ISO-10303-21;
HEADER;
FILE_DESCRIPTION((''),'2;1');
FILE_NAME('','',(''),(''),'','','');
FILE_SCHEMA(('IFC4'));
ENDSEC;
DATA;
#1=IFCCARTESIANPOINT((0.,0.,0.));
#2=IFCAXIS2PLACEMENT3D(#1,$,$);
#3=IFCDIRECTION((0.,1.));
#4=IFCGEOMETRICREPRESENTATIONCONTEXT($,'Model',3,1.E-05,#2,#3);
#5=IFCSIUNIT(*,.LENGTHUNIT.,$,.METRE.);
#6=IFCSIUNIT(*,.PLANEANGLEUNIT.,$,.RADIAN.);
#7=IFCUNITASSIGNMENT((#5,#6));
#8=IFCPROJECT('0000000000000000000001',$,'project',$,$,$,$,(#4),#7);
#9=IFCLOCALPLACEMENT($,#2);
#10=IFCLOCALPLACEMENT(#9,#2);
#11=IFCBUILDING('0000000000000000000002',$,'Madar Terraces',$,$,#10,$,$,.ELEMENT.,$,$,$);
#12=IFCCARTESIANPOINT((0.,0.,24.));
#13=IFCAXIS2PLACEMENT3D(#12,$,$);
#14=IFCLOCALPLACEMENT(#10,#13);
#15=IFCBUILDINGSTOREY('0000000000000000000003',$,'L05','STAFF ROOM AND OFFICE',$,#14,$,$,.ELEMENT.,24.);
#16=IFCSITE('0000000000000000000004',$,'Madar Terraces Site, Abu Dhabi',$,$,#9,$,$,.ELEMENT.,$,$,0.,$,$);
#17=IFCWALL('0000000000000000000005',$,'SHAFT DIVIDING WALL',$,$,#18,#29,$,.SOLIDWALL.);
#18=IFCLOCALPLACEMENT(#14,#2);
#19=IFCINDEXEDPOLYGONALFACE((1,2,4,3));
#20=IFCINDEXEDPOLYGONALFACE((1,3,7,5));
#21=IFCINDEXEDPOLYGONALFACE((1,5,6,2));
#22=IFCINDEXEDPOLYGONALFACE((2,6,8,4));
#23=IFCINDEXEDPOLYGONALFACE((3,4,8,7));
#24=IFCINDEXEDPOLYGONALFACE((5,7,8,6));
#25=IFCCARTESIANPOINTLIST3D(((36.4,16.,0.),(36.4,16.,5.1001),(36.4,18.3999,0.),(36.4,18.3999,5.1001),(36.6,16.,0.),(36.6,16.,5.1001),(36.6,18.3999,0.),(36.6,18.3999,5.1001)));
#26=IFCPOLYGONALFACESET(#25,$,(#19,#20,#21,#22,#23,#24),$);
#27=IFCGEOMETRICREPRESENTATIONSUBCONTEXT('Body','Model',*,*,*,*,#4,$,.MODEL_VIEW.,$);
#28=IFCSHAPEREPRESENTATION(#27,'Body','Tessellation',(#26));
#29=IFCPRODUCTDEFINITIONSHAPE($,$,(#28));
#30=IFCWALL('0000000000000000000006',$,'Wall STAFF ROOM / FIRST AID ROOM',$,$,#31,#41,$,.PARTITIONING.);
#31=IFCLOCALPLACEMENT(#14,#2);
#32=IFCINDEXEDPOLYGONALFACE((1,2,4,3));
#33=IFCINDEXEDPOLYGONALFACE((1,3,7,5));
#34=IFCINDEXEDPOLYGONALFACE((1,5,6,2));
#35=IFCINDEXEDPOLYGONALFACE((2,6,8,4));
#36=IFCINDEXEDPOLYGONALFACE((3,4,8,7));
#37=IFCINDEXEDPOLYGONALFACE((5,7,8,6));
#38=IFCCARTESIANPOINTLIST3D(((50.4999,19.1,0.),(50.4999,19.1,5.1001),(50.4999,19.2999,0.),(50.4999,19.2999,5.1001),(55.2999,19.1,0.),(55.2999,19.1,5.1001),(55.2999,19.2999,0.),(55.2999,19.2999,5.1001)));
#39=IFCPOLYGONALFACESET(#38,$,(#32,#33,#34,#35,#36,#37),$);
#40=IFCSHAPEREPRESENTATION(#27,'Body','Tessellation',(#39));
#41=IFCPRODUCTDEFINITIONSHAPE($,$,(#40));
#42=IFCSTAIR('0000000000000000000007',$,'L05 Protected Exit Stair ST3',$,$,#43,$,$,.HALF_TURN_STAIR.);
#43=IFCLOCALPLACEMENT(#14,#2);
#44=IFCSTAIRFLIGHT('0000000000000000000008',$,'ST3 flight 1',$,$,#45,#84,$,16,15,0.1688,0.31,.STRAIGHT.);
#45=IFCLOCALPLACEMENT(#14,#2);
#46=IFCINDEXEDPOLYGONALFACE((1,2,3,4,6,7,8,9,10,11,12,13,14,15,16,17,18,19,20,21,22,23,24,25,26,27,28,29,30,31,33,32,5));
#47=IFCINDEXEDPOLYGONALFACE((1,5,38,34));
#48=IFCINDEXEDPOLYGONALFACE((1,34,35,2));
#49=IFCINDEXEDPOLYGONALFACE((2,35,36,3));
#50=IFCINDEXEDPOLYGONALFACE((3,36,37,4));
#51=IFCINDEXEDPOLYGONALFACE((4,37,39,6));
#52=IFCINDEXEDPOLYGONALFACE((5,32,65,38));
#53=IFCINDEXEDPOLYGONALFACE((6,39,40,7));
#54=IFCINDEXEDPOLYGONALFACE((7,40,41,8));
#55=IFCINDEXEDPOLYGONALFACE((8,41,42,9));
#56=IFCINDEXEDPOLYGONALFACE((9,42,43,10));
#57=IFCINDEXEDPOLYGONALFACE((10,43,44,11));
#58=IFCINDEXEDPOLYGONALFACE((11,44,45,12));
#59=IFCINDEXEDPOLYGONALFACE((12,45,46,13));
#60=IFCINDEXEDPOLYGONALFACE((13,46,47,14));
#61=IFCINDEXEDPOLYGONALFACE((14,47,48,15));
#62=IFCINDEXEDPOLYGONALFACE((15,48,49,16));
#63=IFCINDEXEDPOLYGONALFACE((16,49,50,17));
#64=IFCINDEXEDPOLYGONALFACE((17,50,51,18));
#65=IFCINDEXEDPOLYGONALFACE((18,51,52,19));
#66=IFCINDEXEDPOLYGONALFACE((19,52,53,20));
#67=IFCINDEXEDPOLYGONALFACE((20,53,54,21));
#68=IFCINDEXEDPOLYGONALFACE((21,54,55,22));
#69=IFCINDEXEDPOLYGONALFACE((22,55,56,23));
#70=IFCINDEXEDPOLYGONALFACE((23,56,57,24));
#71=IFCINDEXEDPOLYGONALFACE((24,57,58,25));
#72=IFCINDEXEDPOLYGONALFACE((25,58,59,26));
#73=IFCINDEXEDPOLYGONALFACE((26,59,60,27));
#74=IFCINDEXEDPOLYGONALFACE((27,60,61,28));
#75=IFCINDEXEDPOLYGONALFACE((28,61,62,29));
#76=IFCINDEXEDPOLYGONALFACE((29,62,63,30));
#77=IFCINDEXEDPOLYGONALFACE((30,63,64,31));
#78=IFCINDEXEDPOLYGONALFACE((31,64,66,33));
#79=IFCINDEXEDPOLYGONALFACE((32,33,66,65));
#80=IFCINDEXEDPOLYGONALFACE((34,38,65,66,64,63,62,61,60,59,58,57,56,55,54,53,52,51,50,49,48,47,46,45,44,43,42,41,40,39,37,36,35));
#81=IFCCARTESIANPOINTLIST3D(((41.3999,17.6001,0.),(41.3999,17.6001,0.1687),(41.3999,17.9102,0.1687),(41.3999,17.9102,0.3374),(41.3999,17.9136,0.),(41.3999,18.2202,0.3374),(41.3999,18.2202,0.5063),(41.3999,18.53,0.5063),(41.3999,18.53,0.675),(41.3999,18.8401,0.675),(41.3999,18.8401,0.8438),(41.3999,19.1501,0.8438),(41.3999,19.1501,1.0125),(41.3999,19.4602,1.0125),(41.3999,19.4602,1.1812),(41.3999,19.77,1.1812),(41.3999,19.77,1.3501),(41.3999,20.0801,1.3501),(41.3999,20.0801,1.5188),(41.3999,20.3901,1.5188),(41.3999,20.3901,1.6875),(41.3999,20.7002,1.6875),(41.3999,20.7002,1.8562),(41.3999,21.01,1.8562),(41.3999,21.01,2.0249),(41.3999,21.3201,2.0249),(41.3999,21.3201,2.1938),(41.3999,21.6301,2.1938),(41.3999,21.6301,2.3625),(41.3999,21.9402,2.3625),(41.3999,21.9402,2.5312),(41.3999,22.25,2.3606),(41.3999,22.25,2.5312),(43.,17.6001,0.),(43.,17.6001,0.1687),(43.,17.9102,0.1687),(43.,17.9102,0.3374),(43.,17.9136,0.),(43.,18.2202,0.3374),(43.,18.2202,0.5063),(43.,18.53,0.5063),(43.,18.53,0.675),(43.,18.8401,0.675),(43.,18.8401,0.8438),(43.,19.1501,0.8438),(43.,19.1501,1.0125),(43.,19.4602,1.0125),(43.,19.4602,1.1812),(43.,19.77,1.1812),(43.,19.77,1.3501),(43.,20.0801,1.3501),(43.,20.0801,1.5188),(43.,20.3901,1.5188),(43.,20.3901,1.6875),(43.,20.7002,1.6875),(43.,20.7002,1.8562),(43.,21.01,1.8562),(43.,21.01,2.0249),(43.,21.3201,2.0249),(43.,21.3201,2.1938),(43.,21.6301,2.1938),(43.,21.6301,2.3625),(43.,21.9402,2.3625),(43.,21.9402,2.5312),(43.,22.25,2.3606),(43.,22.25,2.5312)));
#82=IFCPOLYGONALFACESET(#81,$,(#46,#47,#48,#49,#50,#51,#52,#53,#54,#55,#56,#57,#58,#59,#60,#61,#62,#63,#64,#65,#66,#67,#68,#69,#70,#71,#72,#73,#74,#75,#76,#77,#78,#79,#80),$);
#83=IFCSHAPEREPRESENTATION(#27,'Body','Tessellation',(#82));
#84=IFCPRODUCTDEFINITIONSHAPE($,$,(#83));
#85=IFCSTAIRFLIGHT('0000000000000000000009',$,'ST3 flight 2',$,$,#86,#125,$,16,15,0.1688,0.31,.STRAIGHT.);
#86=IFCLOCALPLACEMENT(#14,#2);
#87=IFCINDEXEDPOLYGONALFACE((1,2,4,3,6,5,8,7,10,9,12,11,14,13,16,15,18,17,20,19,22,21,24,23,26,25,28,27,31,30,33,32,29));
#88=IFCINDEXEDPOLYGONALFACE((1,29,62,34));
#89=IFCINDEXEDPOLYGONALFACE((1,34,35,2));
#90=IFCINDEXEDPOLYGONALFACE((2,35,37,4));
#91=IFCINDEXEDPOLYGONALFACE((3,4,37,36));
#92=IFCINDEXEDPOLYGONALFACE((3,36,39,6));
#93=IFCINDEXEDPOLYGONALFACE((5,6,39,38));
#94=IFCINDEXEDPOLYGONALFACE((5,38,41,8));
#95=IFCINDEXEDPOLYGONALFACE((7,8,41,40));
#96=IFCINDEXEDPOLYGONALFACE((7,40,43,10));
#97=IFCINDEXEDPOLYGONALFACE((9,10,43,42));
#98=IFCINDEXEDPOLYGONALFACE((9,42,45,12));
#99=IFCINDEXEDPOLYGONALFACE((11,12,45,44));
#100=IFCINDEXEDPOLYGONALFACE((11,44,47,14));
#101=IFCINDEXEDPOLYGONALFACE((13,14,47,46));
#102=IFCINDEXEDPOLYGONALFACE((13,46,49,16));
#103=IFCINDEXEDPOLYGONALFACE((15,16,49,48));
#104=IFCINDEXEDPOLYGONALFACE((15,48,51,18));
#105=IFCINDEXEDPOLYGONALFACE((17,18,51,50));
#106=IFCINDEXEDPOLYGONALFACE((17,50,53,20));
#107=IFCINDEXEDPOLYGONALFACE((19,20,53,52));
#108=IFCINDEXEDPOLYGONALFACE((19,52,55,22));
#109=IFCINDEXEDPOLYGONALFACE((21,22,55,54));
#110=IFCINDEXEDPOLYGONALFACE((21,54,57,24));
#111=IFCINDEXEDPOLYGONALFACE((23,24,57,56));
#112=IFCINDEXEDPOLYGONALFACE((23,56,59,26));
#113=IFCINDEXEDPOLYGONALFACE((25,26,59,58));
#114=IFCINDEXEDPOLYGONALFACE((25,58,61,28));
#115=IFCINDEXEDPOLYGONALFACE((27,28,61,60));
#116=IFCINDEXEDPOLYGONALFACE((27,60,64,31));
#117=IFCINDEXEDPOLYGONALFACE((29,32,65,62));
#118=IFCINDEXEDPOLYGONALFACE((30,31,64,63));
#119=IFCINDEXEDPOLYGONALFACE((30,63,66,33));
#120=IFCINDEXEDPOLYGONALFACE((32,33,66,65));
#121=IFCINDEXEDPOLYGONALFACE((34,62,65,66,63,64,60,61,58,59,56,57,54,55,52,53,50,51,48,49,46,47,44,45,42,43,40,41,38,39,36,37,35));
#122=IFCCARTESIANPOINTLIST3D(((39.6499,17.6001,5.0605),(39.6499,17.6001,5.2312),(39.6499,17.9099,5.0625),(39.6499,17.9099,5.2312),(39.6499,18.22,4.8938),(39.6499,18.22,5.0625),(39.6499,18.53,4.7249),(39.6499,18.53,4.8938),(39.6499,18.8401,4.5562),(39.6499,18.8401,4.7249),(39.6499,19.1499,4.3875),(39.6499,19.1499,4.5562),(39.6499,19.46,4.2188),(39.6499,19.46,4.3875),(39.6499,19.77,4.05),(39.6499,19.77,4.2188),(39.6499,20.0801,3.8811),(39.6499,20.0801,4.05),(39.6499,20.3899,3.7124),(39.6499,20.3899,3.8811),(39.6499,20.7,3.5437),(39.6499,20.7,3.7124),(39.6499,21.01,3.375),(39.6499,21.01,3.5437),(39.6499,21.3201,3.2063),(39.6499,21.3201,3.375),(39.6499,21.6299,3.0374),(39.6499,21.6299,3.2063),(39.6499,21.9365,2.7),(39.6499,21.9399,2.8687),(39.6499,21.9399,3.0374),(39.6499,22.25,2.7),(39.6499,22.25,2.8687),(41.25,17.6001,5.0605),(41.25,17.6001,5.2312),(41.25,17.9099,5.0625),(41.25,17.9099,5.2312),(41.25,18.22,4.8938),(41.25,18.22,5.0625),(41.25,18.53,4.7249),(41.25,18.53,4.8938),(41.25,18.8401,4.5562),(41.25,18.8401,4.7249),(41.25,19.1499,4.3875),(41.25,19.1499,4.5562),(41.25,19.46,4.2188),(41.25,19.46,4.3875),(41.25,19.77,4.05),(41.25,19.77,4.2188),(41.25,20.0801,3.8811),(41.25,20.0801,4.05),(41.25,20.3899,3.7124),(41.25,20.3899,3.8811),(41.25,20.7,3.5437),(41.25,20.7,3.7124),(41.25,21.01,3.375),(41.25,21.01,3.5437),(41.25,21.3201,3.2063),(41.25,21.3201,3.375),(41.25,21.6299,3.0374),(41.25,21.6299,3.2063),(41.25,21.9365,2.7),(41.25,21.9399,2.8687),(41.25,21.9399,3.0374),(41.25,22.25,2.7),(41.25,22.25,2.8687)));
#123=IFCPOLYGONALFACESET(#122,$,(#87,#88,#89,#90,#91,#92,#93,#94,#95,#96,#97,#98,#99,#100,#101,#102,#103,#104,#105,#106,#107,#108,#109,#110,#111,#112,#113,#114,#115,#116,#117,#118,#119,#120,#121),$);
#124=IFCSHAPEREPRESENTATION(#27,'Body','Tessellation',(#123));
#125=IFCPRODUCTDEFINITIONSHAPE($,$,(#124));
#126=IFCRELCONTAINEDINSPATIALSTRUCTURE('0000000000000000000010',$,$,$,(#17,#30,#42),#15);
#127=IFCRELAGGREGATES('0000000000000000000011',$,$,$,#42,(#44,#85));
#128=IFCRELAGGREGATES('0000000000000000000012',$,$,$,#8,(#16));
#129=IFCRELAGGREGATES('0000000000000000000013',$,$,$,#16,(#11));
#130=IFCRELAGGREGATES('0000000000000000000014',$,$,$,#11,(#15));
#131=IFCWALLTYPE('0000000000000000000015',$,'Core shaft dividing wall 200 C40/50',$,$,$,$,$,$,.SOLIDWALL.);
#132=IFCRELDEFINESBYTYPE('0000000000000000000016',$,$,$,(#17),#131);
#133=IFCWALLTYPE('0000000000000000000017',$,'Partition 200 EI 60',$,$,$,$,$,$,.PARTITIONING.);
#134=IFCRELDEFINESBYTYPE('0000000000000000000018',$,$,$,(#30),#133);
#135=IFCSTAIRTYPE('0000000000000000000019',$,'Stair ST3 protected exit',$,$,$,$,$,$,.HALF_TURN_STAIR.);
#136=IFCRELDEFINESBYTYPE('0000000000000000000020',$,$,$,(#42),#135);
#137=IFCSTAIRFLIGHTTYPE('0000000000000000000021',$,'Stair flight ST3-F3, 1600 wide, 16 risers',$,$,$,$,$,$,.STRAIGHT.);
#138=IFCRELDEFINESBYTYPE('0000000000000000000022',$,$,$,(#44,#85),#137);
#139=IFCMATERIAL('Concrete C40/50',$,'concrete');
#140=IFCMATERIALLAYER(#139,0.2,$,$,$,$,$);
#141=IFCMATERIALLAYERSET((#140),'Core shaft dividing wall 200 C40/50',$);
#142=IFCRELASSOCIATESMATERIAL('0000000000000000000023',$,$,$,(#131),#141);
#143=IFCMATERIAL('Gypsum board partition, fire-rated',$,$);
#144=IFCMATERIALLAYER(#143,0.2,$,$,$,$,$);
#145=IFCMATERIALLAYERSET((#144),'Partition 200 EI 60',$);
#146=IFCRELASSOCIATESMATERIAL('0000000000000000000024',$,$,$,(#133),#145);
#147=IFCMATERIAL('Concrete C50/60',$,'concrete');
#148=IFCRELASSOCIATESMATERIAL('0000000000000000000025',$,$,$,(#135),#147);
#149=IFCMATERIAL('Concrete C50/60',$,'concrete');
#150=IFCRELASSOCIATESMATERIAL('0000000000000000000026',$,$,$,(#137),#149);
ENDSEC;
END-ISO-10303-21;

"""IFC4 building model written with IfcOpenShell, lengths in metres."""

from ifc_helpers import new_model, si_unit, direction, frame, frame_2d, origin, place, context, subcontext, project, spatial, polyline, rectangle, outline, extrude, material, layer, layer_set, type_object, element, aggregate, save


model = new_model("IFC4")

# Units and contexts
model_context = context("Model", 3, precision=1e-05, world=origin(), true_north=direction((0.0, 1.0)))
body_context = subcontext(model_context, "Body", "Model", "MODEL_VIEW")
ifc_project = project(units=[si_unit("LENGTHUNIT", "METRE"), si_unit("PLANEANGLEUNIT", "RADIAN")], contexts=[model_context])

# Site, building, storey
site_placement = place(None, origin())
site = spatial("IfcSite", under=ifc_project, at=site_placement, Name="Madar Terraces Site, Abu Dhabi", CompositionType="ELEMENT", RefElevation=0.0)
building_placement = place(site_placement, origin())
building = spatial("IfcBuilding", under=site, at=building_placement, Name="Madar Terraces", CompositionType="ELEMENT")
storey_placement = place(building_placement, frame((0.0, 0.0, 24.0)))
storey = spatial("IfcBuildingStorey", under=building, at=storey_placement, Name="L05", Description="STAFF ROOM AND OFFICE", CompositionType="ELEMENT", Elevation=24.0)

# Walls
ifc_material_1 = material(Name="Concrete C40/50", Category="concrete")
ifc_layer_1 = layer(ifc_material_1, 0.2)
ifc_layer_set_1 = layer_set([ifc_layer_1], Name="Core shaft dividing wall 200 C40/50")
wall_type_1 = type_object("IfcWallType", Name="Core shaft dividing wall 200 C40/50", PredefinedType="SOLIDWALL", material=ifc_layer_set_1)
wall_1_placement = place(storey_placement, frame((36.5, 16.0, 0.0), z_axis=(0.0, 0.0, 1.0), x_axis=(0.0, 1.0, 0.0)))
element("IfcWall", 1, at=wall_1_placement, inside=storey, type_object=wall_type_1, Name="SHAFT DIVIDING WALL", PredefinedType="SOLIDWALL", context=body_context, shape_type="SweptSolid", body=[
    extrude(rectangle(XDim=2.3999, YDim=0.2, at=frame_2d((1.2, 0.0))), origin(), (0.0, 0.0, 1.0), 5.1001),
])
ifc_material_2 = material(Name="Gypsum board partition, fire-rated")
ifc_layer_2 = layer(ifc_material_2, 0.2)
ifc_layer_set_2 = layer_set([ifc_layer_2], Name="Partition 200 EI 60")
wall_type_2 = type_object("IfcWallType", Name="Partition 200 EI 60", PredefinedType="PARTITIONING", material=ifc_layer_set_2)
wall_2_placement = place(storey_placement, frame((50.5, 19.2, 0.0), z_axis=(0.0, 0.0, 1.0), x_axis=(1.0, 0.0, 0.0)))
element("IfcWall", 2, at=wall_2_placement, inside=storey, type_object=wall_type_2, Name="Wall STAFF ROOM / FIRST AID ROOM", PredefinedType="PARTITIONING", context=body_context, shape_type="SweptSolid", body=[
    extrude(rectangle(XDim=4.8, YDim=0.2, at=frame_2d((2.3999, 0.0))), origin(), (0.0, 0.0, 1.0), 5.1001),
])

# Stair, stair flights
ifc_material_3 = material(Name="Concrete C50/60", Category="concrete")
stair_type = type_object("IfcStairType", Name="Stair ST3 protected exit", PredefinedType="HALF_TURN_STAIR", material=ifc_material_3)
stair_placement = place(storey_placement, origin())
stair = element("IfcStair", 3, at=stair_placement, inside=storey, type_object=stair_type, Name="L05 Protected Exit Stair ST3", PredefinedType="HALF_TURN_STAIR")
ifc_material_4 = material(Name="Concrete C50/60", Category="concrete")
stair_flight_type = type_object("IfcStairFlightType", Name="Stair flight ST3-F3, 1600 wide, 16 risers", PredefinedType="STRAIGHT", material=ifc_material_4)
stair_flight_1_placement = place(storey_placement, frame((42.2, 17.6001, 0.0), z_axis=(0.0, 0.0, 1.0), x_axis=(0.0, 1.0, 0.0)))
stair_flight_1 = element("IfcStairFlight", 4, at=stair_flight_1_placement, type_object=stair_flight_type, Name="ST3 flight 1", NumberOfRisers=16, NumberOfTreads=15, PredefinedType="STRAIGHT", RiserHeight=0.1688, TreadLength=0.31, context=body_context, shape_type="SweptSolid", body=[
    extrude(outline(polyline([(0.0, 0.0), (0.0, 0.1687), (0.3101, 0.1687), (0.3101, 0.3374), (0.6201, 0.3374), (0.6201, 0.5063), (0.9299, 0.5063), (0.9299, 0.675), (1.24, 0.675), (1.24, 0.8438), (1.55, 0.8438), (1.55, 1.0125), (1.8601, 1.0125), (1.8601, 1.1812), (2.1699, 1.1812), (2.1699, 1.3501), (2.48, 1.3501), (2.48, 1.5188), (2.79, 1.5188), (2.79, 1.6875), (3.1001, 1.6875), (3.1001, 1.8562), (3.4099, 1.8562), (3.4099, 2.0249), (3.72, 2.0249), (3.72, 2.1938), (4.03, 2.1938), (4.03, 2.3625), (4.3401, 2.3625), (4.3401, 2.5312), (4.6499, 2.5312), (4.6499, 2.7), (4.6499, 2.3606), (0.3135, 0.0), (0.0, 0.0)])), frame((0.0, 0.8, 0.0), z_axis=(0.0, -1.0, 0.0), x_axis=(1.0, 0.0, 0.0)), (0.0, 0.0, 1.0), 1.6001),
])
stair_flight_2_placement = place(storey_placement, frame((40.45, 22.25, 2.7), z_axis=(0.0, 0.0, 1.0), x_axis=(0.0, -1.0, 0.0)))
stair_flight_2 = element("IfcStairFlight", 5, at=stair_flight_2_placement, type_object=stair_flight_type, Name="ST3 flight 2", NumberOfRisers=16, NumberOfTreads=15, PredefinedType="STRAIGHT", RiserHeight=0.1688, TreadLength=0.31, context=body_context, shape_type="SweptSolid", body=[
    extrude(outline(polyline([(0.0, 0.0), (0.0, 0.1687), (0.3101, 0.1687), (0.3101, 0.3374), (0.6201, 0.3374), (0.6201, 0.5063), (0.9299, 0.5063), (0.9299, 0.675), (1.24, 0.675), (1.24, 0.8438), (1.55, 0.8438), (1.55, 1.0125), (1.8601, 1.0125), (1.8601, 1.1812), (2.1699, 1.1812), (2.1699, 1.3501), (2.48, 1.3501), (2.48, 1.5188), (2.79, 1.5188), (2.79, 1.6875), (3.1001, 1.6875), (3.1001, 1.8562), (3.4099, 1.8562), (3.4099, 2.0249), (3.72, 2.0249), (3.72, 2.1938), (4.03, 2.1938), (4.03, 2.3625), (4.3401, 2.3625), (4.3401, 2.5312), (4.6499, 2.5312), (4.6499, 2.7), (4.6499, 2.3606), (0.3135, 0.0), (0.0, 0.0)])), frame((0.0, 0.8, 0.0), z_axis=(0.0, -1.0, 0.0), x_axis=(1.0, 0.0, 0.0)), (0.0, 0.0, 1.0), 1.6001),
])
aggregate(stair, [stair_flight_1, stair_flight_2])

save(model, "model.ifc")
